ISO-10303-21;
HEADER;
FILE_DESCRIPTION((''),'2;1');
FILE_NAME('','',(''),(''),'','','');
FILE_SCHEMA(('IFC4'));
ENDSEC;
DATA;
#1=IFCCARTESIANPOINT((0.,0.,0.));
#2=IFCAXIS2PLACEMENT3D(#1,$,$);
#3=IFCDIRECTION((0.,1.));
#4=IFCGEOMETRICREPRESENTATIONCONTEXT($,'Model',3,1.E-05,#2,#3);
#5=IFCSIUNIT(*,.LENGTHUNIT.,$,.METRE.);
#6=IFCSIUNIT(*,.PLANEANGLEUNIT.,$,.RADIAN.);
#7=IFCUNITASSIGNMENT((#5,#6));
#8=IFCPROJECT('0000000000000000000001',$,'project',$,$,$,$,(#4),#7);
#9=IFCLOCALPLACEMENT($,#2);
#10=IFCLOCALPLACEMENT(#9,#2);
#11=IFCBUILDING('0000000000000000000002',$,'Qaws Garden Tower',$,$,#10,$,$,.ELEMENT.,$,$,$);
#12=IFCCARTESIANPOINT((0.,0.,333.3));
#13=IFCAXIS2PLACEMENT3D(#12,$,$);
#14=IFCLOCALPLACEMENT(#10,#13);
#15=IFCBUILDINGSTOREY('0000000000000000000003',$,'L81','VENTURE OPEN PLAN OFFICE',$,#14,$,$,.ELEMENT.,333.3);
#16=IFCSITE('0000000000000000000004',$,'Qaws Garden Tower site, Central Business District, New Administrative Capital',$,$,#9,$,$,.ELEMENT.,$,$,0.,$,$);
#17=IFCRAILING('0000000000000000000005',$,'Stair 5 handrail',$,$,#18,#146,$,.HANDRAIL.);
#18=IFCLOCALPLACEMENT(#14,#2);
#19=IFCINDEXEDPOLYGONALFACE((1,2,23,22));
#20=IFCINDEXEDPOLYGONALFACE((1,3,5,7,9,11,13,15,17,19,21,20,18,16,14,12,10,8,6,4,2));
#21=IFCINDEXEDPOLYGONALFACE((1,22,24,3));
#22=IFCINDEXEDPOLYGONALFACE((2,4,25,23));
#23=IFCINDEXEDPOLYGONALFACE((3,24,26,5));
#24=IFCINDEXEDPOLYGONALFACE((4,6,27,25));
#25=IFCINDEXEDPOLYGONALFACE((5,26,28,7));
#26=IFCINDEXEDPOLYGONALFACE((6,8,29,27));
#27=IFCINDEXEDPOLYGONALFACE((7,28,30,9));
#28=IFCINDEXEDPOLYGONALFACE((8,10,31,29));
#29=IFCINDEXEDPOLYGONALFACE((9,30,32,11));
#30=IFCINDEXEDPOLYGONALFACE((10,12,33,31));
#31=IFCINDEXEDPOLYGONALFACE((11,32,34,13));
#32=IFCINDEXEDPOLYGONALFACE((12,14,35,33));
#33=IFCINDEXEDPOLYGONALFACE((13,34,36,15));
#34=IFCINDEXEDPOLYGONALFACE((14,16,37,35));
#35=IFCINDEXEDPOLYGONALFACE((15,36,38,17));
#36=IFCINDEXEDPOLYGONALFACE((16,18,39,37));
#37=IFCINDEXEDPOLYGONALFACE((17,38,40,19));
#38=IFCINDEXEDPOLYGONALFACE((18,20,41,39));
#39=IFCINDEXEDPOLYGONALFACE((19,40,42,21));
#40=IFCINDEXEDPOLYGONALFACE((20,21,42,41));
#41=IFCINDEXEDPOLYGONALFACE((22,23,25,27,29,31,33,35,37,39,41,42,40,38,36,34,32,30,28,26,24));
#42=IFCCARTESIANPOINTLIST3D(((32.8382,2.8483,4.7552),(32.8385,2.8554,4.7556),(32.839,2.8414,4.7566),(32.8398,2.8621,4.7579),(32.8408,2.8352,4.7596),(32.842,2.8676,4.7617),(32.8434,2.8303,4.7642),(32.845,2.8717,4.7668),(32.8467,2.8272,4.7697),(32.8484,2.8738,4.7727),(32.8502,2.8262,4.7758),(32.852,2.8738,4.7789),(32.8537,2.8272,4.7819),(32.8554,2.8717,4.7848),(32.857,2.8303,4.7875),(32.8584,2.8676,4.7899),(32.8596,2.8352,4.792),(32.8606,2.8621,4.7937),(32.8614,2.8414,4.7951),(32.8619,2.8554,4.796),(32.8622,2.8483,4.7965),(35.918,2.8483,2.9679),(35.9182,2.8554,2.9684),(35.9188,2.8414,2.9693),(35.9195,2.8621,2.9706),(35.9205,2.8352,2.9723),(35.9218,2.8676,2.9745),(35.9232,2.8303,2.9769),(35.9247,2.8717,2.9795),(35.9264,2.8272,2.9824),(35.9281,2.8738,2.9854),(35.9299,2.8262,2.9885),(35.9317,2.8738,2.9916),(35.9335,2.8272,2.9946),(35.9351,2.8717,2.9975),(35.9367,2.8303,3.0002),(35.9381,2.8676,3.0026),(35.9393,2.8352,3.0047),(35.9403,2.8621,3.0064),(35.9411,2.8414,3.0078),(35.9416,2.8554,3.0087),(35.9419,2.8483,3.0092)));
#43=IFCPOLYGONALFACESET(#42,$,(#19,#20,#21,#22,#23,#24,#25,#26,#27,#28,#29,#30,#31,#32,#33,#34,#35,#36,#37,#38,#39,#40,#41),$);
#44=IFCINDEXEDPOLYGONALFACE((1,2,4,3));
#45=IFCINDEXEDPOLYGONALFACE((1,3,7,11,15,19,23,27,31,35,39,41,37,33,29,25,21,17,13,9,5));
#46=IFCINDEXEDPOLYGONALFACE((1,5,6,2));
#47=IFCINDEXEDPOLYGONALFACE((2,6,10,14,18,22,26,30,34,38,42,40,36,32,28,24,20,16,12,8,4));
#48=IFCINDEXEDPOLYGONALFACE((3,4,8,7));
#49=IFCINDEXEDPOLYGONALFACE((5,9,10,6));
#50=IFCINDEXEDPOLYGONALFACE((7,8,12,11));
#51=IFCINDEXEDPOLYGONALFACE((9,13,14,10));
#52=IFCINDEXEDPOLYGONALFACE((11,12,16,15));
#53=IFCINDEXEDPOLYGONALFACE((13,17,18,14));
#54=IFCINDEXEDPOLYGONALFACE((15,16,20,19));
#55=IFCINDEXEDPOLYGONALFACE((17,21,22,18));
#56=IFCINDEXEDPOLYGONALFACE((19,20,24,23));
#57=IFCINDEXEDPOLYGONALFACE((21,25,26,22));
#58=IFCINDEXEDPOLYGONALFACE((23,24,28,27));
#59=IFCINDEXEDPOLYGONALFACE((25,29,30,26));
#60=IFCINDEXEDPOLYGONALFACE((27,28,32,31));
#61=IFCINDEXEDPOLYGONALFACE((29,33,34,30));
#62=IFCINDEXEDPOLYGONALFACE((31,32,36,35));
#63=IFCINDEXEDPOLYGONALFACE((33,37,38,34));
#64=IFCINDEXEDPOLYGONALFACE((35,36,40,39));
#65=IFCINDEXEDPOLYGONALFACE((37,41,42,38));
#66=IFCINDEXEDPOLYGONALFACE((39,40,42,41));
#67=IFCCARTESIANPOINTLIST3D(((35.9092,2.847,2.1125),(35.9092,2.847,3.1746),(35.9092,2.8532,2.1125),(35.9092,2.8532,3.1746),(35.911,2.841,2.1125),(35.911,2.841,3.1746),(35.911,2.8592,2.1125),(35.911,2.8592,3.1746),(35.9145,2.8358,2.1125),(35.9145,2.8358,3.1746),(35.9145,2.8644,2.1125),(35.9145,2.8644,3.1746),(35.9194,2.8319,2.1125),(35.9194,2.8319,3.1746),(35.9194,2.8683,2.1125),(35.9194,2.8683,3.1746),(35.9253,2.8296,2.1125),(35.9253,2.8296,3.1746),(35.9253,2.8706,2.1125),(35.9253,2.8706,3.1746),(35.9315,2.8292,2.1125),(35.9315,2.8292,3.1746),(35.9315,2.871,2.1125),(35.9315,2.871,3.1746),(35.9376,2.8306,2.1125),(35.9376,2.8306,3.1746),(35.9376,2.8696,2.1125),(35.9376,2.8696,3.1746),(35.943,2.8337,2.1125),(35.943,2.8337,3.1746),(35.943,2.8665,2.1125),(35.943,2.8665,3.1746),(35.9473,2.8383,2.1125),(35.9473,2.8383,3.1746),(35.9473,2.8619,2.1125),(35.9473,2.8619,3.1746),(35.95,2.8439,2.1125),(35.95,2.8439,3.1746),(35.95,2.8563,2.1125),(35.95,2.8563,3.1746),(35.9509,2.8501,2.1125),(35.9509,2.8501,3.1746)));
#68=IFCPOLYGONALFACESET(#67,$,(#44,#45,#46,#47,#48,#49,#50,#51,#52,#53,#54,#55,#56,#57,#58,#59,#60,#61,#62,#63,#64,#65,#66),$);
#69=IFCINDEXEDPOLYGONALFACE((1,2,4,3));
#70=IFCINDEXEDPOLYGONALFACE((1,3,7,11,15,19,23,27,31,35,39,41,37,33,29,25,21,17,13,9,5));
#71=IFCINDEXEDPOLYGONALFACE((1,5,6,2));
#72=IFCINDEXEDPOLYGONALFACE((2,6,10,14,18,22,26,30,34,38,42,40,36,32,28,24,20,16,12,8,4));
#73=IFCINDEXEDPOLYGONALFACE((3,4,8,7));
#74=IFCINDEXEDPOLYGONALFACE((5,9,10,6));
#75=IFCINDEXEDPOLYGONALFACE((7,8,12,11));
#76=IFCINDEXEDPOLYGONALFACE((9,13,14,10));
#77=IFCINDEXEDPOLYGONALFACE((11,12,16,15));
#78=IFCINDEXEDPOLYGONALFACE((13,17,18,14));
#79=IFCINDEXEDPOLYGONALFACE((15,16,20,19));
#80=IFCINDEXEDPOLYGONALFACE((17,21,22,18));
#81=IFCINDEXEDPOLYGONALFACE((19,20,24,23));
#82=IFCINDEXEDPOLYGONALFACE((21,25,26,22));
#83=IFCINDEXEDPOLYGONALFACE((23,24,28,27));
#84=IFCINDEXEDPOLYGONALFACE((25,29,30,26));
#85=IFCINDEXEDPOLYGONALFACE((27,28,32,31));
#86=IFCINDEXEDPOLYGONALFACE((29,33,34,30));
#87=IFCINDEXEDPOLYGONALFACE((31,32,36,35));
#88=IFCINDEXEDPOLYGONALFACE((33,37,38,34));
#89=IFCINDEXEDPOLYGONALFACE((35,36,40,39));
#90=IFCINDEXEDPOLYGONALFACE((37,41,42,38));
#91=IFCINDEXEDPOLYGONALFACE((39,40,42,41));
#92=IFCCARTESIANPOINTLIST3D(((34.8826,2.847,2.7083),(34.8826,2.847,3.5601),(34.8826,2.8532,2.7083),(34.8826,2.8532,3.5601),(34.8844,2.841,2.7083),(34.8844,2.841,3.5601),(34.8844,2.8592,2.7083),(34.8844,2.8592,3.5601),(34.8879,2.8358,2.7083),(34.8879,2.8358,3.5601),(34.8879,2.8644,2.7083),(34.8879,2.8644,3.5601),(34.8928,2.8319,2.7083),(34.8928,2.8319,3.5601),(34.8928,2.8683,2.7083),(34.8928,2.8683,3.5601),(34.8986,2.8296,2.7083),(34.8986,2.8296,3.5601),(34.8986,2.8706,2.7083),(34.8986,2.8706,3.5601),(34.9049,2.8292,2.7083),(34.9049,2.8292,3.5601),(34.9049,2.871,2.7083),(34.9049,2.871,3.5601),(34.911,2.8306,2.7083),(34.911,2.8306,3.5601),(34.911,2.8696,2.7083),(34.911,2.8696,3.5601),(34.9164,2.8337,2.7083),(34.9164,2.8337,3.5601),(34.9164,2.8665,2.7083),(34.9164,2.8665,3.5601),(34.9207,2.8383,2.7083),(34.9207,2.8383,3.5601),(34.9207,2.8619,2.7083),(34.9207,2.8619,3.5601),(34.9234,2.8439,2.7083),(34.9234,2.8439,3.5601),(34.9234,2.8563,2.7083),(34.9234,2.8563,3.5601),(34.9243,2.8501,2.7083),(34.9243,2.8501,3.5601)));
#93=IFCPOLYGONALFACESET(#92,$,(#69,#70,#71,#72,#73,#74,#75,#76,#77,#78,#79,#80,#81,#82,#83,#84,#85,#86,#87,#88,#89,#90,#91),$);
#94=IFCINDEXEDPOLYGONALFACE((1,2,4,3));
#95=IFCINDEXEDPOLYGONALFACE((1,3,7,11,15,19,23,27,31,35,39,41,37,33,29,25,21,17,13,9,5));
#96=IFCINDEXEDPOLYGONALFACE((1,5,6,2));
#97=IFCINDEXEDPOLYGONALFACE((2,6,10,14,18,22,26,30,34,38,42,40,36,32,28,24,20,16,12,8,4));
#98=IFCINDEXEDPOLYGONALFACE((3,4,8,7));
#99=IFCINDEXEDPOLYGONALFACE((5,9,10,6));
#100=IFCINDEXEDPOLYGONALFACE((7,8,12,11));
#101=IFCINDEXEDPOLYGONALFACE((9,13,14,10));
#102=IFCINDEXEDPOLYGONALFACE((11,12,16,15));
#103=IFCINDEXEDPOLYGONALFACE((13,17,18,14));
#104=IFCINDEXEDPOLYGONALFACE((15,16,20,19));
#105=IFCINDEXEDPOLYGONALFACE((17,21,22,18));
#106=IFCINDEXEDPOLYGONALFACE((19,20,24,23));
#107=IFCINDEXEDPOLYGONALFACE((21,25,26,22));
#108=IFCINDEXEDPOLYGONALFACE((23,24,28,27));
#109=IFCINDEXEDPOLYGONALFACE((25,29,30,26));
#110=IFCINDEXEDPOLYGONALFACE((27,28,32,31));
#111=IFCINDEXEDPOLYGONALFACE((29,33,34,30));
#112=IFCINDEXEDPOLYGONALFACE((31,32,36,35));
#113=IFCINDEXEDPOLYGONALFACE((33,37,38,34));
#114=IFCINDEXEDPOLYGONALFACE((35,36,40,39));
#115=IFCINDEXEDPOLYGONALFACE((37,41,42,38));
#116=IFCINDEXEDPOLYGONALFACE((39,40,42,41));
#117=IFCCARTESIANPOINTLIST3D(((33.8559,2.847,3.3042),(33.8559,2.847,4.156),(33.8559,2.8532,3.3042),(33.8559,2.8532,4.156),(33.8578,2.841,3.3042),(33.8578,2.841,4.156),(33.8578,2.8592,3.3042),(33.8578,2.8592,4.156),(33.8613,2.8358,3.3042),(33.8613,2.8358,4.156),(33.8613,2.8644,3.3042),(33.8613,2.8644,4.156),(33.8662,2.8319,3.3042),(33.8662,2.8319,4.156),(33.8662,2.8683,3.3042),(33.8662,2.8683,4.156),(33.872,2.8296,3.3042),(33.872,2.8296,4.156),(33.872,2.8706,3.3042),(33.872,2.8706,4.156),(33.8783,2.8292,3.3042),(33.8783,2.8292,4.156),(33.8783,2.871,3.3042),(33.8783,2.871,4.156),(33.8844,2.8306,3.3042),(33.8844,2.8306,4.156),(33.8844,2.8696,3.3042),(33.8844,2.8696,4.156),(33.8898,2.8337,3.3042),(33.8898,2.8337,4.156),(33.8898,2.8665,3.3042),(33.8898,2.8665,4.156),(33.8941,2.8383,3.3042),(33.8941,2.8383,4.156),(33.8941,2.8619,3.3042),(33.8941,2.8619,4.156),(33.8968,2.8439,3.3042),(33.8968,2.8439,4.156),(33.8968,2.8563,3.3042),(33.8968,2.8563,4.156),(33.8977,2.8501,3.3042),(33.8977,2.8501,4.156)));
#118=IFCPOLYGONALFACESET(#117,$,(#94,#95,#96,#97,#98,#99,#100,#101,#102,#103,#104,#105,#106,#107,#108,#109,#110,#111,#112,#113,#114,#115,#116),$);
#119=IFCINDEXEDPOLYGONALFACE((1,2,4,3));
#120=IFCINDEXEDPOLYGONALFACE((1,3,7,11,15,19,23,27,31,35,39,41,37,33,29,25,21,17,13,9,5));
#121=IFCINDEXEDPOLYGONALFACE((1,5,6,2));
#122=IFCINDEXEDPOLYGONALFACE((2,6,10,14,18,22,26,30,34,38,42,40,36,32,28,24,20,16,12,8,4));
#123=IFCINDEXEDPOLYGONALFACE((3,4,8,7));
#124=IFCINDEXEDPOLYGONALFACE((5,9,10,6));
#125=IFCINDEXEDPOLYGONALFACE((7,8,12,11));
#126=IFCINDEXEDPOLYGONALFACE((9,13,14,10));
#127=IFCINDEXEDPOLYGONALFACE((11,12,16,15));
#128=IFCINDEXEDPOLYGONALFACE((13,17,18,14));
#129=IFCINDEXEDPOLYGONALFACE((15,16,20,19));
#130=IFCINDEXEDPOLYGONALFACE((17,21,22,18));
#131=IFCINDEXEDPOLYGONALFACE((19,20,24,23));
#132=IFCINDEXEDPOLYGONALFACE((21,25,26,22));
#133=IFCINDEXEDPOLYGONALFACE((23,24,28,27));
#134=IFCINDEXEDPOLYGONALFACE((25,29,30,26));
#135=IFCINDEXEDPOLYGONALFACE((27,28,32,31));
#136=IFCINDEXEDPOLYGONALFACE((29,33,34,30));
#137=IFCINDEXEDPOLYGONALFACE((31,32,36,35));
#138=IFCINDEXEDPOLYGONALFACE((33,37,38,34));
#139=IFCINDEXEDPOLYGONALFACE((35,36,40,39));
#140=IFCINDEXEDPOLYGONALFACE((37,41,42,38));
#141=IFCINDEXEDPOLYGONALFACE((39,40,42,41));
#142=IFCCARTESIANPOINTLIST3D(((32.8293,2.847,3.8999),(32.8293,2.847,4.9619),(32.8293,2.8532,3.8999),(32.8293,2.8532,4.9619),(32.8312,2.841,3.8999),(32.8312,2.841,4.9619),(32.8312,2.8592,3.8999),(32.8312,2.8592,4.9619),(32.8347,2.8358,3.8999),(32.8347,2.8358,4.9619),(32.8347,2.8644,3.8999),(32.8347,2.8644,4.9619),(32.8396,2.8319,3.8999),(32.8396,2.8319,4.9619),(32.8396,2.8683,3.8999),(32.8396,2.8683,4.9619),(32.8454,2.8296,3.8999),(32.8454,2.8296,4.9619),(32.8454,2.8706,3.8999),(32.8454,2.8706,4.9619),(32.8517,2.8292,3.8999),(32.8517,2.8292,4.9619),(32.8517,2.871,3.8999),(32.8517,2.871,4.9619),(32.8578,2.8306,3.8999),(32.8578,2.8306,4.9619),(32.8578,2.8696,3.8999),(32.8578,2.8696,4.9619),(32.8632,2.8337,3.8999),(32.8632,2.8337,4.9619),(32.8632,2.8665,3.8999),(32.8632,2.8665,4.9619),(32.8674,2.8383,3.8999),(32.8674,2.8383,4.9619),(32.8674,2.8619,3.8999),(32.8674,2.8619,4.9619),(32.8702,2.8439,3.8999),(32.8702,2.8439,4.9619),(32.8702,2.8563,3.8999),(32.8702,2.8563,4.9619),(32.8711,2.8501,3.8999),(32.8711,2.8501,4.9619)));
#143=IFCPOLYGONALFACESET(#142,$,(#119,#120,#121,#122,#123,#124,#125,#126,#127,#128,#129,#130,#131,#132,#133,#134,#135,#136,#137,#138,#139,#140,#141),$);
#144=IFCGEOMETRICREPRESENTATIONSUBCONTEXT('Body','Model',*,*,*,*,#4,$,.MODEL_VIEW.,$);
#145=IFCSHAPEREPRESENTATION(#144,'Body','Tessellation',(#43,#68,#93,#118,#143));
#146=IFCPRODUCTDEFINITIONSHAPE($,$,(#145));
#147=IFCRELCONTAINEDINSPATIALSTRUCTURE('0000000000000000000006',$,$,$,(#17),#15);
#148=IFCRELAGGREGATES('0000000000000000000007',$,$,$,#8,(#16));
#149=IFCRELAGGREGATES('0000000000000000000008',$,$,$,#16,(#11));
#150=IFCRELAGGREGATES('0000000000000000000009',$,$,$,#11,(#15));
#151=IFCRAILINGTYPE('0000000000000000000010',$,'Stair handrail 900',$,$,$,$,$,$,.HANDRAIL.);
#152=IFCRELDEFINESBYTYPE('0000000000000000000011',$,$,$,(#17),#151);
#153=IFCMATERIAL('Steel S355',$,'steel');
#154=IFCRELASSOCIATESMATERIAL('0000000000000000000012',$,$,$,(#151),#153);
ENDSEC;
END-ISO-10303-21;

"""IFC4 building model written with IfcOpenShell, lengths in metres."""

from ifc_helpers import new_model, si_unit, direction, frame, origin, origin_2d, place, context, subcontext, project, spatial, circle, extrude, material, type_object, element, save


model = new_model("IFC4")

# Units and contexts
model_context = context("Model", 3, precision=1e-05, world=origin(), true_north=direction((0.0, 1.0)))
body_context = subcontext(model_context, "Body", "Model", "MODEL_VIEW")
ifc_project = project(units=[si_unit("LENGTHUNIT", "METRE"), si_unit("PLANEANGLEUNIT", "RADIAN")], contexts=[model_context])

# Site, building, storey
site_placement = place(None, origin())
site = spatial("IfcSite", under=ifc_project, at=site_placement, Name="Qaws Garden Tower site, Central Business District, New Administrative Capital", CompositionType="ELEMENT", RefElevation=0.0)
building_placement = place(site_placement, origin())
building = spatial("IfcBuilding", under=site, at=building_placement, Name="Qaws Garden Tower", CompositionType="ELEMENT")
storey_placement = place(building_placement, frame((0.0, 0.0, 333.3)))
storey = spatial("IfcBuildingStorey", under=building, at=storey_placement, Name="L81", Description="VENTURE OPEN PLAN OFFICE", CompositionType="ELEMENT", Elevation=333.3)

# Railing
ifc_material_1 = material(Name="Steel S355", Category="steel")
railing_type = type_object("IfcRailingType", Name="Stair handrail 900", PredefinedType="HANDRAIL", material=ifc_material_1)
railing_1_placement = place(storey_placement, frame((35.9299, 2.8501, 2.1125)))
element("IfcRailing", 1, at=railing_1_placement, inside=storey, type_object=railing_type, Name="Stair 5 handrail", PredefinedType="HANDRAIL", context=body_context, shape_type="SweptSolid", body=[
    extrude(circle(Radius=0.0239, at=origin_2d()), frame((0.0, 0.0, 0.876), z_axis=(-0.864903, 0.0, 0.501939), x_axis=(0.0, -1.0, 0.0)), (0.0, 0.0, 1.0), 3.5608),
    extrude(circle(Radius=0.021, at=origin_2d()), origin(), (0.0, 0.0, 1.0), 1.062),
    extrude(circle(Radius=0.021, at=origin_2d()), frame((-1.0266, 0.0, 0.5957)), (0.0, 0.0, 1.0), 0.8518),
    extrude(circle(Radius=0.021, at=origin_2d()), frame((-2.0532, 0.0, 1.1917)), (0.0, 0.0, 1.0), 0.8518),
    extrude(circle(Radius=0.021, at=origin_2d()), frame((-3.0798, 0.0, 1.7874)), (0.0, 0.0, 1.0), 1.062),
])

save(model, "model.ifc")
